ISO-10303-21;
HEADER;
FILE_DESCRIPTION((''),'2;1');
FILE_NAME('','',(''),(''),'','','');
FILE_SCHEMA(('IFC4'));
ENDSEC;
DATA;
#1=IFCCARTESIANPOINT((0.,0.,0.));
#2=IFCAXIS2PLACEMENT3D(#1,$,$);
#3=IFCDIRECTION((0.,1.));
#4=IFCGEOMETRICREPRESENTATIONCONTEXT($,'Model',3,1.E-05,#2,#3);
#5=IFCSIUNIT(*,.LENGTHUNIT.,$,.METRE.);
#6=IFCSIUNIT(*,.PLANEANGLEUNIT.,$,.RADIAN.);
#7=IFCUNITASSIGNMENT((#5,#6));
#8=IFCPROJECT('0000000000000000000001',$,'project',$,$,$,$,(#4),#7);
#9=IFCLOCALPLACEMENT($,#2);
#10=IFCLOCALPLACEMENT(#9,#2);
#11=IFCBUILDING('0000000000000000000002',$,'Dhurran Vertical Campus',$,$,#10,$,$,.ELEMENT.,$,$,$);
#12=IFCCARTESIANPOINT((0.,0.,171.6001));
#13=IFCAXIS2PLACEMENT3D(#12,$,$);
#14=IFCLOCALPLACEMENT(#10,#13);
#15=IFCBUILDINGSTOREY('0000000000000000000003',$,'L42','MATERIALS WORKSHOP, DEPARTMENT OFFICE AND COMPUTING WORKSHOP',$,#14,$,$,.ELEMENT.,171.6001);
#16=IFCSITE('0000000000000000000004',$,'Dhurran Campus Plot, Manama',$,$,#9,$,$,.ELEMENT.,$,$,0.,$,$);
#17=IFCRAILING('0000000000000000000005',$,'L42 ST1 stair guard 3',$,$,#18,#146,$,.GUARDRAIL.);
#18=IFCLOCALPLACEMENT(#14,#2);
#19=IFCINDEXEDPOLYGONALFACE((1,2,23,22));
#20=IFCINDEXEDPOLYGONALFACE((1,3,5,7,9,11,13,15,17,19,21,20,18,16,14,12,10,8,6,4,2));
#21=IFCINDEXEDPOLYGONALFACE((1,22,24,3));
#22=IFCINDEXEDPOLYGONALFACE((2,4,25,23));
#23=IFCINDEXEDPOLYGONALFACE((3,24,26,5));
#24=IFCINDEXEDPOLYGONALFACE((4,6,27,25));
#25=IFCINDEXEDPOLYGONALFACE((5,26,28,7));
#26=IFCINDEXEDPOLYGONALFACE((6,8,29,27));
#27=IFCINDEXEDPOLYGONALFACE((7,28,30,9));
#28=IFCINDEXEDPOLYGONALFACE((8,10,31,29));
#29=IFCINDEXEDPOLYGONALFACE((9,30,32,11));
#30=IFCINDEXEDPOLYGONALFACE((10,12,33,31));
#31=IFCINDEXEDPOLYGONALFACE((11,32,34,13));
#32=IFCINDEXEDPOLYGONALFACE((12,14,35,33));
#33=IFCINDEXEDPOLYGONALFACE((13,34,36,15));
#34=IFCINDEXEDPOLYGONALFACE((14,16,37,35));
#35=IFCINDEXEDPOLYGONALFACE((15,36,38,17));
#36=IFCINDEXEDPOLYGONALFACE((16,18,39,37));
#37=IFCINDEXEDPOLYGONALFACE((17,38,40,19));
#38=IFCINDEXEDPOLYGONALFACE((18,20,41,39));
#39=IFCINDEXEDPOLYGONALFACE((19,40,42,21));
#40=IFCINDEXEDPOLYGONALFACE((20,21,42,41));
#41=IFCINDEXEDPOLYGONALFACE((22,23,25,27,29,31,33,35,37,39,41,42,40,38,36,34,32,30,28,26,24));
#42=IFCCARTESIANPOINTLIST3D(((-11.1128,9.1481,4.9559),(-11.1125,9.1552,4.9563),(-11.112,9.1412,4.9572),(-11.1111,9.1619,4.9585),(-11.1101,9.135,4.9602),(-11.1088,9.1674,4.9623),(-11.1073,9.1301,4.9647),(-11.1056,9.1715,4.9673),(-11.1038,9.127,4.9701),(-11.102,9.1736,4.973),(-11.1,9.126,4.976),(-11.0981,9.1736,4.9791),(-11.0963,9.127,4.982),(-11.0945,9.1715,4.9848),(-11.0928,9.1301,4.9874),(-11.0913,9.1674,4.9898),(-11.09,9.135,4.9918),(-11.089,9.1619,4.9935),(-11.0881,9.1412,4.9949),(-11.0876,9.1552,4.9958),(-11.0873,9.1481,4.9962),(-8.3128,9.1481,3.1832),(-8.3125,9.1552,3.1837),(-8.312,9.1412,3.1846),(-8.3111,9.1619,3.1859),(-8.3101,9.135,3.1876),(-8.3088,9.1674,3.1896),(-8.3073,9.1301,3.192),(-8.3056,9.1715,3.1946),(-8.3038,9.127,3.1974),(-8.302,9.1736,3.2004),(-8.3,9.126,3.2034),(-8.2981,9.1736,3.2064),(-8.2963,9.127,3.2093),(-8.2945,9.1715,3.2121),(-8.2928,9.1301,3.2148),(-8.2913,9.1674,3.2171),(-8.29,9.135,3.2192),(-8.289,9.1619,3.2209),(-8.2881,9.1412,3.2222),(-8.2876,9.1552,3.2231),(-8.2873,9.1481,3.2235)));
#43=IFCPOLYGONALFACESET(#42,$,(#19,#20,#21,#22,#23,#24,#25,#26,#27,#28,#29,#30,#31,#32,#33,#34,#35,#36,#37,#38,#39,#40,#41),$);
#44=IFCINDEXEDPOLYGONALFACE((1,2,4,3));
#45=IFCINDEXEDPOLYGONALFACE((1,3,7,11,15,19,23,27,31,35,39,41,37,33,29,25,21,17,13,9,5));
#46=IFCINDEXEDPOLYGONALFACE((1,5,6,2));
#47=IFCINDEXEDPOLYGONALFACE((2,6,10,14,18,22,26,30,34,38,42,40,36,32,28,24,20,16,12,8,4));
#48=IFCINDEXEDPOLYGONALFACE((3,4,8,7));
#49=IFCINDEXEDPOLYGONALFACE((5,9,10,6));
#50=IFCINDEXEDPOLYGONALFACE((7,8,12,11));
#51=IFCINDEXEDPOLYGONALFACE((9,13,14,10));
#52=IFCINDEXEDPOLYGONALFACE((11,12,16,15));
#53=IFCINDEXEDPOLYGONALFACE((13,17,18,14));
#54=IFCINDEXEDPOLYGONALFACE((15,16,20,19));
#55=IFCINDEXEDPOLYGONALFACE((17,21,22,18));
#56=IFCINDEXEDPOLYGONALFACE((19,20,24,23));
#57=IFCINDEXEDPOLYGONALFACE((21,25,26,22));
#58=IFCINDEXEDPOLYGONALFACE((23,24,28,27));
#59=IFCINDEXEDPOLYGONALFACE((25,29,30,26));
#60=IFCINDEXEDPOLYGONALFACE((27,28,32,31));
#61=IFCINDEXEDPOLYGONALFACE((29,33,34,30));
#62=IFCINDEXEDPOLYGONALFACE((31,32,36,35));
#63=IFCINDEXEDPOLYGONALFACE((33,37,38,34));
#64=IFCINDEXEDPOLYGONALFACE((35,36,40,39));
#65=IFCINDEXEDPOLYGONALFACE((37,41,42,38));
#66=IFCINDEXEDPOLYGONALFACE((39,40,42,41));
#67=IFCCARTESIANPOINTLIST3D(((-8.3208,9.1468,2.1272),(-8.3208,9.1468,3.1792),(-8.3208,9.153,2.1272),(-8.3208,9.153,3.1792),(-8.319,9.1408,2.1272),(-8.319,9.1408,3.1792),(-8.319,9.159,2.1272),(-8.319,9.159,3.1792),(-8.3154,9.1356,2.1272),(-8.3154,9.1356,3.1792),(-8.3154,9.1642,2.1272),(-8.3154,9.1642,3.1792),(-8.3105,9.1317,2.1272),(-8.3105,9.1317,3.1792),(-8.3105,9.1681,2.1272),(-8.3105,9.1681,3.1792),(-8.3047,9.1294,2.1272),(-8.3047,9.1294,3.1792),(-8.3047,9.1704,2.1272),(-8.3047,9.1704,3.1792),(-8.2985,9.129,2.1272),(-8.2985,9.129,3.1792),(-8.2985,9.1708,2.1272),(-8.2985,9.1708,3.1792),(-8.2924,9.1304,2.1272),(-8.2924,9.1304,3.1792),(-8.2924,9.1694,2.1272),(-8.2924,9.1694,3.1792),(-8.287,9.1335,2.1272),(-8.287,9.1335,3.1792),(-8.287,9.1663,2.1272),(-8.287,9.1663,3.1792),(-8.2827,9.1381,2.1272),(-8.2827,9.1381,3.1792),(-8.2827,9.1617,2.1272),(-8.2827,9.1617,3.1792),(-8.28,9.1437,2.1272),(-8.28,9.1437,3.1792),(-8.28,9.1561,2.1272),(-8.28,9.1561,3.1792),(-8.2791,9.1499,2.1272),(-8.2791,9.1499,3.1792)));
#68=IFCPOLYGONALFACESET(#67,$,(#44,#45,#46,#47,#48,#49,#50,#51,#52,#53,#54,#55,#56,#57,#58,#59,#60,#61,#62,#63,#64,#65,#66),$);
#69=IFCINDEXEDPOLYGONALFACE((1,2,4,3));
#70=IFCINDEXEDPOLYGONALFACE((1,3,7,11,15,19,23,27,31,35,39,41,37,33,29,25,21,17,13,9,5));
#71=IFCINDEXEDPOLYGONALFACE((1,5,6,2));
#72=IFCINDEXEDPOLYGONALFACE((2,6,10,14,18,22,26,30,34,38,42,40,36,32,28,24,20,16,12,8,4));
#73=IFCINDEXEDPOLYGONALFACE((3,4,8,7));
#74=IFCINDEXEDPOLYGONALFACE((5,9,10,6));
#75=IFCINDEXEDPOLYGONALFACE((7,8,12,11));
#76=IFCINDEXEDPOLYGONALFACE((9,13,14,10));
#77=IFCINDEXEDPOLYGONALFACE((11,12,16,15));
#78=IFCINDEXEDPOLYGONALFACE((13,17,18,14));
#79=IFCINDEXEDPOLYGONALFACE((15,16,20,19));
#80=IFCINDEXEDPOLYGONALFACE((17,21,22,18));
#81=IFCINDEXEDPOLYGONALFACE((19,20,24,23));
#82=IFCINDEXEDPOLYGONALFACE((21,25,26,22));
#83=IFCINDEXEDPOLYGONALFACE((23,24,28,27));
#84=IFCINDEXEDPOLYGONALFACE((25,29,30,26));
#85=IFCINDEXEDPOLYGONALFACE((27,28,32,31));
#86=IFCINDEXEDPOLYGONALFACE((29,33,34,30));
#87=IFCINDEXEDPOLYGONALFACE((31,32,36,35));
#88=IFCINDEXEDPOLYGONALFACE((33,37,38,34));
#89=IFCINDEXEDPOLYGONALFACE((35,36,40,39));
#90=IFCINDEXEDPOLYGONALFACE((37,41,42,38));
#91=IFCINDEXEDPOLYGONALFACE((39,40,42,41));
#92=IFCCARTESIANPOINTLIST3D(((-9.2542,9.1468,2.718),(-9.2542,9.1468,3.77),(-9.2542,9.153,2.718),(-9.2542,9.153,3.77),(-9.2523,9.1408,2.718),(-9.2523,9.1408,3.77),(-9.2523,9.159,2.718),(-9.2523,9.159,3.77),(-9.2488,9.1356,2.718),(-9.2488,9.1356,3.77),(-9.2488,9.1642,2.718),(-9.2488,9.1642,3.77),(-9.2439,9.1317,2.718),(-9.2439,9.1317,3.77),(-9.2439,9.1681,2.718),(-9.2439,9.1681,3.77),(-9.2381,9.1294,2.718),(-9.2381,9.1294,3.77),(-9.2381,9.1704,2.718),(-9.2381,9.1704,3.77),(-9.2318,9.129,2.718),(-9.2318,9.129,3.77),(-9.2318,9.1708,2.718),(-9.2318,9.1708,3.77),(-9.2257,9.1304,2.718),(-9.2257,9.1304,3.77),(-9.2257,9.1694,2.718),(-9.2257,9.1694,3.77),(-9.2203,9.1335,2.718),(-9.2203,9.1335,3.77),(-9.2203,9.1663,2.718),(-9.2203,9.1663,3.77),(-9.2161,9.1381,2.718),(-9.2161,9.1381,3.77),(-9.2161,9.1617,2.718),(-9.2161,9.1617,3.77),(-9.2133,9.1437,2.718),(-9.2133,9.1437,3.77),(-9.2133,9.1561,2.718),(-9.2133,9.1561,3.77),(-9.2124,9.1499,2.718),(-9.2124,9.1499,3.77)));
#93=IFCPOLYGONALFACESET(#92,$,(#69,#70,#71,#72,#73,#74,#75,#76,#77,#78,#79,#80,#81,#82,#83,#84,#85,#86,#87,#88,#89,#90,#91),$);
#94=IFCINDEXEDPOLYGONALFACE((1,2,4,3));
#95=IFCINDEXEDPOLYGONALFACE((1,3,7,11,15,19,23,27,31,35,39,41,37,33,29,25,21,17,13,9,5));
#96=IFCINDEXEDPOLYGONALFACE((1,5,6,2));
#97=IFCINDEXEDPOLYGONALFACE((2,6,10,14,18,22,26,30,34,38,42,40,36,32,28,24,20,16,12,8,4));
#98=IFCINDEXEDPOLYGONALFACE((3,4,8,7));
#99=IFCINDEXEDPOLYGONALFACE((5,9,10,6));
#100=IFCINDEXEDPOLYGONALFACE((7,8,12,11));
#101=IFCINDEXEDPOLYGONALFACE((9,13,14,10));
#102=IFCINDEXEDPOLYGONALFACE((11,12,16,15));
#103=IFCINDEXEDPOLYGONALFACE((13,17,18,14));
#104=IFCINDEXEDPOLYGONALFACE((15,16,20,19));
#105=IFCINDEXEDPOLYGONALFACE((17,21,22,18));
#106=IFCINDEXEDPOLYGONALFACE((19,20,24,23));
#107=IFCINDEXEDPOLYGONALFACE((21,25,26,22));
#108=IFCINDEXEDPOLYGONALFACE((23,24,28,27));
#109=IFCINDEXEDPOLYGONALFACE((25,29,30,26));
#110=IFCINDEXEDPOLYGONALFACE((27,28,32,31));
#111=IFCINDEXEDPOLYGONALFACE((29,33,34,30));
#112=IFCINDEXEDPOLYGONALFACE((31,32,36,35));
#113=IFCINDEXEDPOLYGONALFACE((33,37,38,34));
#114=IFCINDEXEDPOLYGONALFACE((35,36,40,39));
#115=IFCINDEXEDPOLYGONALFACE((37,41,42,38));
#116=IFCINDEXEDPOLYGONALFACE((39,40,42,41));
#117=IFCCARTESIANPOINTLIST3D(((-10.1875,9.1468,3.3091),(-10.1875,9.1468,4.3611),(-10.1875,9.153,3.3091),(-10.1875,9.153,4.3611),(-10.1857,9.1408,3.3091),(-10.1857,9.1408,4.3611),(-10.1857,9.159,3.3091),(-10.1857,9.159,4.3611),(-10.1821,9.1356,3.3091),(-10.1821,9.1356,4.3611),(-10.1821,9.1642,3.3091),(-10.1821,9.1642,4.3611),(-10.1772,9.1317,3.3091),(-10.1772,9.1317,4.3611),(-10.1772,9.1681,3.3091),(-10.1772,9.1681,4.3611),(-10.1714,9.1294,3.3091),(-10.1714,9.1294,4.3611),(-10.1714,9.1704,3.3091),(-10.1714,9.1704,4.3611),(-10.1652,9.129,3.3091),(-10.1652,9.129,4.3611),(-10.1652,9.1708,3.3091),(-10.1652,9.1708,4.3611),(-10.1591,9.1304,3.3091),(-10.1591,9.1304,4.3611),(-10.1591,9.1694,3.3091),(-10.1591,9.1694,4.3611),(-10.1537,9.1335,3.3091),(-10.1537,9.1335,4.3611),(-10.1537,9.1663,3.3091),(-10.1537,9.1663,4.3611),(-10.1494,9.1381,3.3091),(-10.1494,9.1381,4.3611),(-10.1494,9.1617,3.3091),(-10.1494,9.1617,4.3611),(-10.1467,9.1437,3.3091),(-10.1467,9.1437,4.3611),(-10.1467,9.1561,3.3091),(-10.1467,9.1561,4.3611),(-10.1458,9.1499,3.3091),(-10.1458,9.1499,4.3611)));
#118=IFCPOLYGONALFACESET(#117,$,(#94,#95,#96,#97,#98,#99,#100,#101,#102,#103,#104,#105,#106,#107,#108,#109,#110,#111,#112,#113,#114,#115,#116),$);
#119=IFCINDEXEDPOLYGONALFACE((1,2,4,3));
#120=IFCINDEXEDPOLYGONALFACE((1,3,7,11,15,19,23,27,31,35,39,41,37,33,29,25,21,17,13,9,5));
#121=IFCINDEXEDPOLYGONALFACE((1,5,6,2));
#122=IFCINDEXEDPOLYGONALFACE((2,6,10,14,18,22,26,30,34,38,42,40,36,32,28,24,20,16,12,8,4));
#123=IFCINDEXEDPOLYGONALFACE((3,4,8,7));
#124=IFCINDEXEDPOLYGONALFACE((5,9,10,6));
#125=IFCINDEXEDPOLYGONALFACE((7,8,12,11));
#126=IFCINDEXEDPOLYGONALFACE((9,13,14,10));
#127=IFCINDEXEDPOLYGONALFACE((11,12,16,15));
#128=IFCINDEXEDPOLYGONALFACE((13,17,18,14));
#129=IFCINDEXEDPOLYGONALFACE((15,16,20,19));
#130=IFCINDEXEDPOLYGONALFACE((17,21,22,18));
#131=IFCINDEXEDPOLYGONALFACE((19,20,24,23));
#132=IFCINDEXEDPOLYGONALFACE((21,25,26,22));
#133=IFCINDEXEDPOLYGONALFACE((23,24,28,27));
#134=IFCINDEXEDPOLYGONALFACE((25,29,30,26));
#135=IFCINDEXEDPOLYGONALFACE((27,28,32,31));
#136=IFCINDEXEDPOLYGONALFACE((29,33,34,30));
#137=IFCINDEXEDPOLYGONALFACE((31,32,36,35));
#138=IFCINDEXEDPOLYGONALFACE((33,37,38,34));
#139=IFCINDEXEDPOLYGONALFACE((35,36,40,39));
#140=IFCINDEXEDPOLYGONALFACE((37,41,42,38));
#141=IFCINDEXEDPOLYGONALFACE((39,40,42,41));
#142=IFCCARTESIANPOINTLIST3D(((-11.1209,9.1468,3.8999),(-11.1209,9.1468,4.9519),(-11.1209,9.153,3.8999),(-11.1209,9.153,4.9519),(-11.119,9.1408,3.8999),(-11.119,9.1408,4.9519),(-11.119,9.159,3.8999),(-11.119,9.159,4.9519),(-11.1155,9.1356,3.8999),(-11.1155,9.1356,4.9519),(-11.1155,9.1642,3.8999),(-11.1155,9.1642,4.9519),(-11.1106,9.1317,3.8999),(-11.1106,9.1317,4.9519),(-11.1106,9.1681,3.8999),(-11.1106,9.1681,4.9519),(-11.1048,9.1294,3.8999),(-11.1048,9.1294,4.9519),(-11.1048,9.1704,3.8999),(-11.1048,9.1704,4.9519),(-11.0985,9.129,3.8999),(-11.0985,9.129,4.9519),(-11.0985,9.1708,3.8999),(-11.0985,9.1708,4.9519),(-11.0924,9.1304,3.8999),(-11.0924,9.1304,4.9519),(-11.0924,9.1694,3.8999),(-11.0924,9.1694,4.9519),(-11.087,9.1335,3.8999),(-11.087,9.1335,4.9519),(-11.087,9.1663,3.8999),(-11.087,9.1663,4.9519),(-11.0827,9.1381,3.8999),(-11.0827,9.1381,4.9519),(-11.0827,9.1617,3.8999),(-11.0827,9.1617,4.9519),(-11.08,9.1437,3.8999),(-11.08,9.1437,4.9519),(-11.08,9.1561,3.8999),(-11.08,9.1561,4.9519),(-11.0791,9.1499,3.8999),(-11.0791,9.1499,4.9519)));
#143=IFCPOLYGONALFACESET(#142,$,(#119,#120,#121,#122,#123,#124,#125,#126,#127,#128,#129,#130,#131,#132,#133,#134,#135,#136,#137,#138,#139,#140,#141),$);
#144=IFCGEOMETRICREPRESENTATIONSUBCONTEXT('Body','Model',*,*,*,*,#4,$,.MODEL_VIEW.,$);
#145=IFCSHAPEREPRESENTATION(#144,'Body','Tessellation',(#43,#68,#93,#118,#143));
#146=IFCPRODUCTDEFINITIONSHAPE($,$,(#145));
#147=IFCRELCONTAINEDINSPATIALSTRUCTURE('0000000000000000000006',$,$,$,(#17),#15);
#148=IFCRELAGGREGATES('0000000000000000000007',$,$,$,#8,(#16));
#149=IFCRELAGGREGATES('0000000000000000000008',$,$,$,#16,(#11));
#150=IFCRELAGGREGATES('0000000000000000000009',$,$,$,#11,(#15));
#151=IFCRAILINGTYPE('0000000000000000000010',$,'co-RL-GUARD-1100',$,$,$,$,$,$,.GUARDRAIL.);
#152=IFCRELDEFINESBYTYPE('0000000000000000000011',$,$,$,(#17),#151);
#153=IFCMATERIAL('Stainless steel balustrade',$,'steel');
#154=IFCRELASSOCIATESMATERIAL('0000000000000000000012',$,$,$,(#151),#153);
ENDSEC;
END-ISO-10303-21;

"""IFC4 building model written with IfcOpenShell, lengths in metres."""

from ifc_helpers import new_model, si_unit, direction, frame, origin, origin_2d, place, context, subcontext, project, spatial, circle, extrude, material, type_object, element, save


model = new_model("IFC4")

# Units and contexts
model_context = context("Model", 3, precision=1e-05, world=origin(), true_north=direction((0.0, 1.0)))
body_context = subcontext(model_context, "Body", "Model", "MODEL_VIEW")
ifc_project = project(units=[si_unit("LENGTHUNIT", "METRE"), si_unit("PLANEANGLEUNIT", "RADIAN")], contexts=[model_context])

# Site, building, storey
site_placement = place(None, origin())
site = spatial("IfcSite", under=ifc_project, at=site_placement, Name="Dhurran Campus Plot, Manama", CompositionType="ELEMENT", RefElevation=0.0)
building_placement = place(site_placement, origin())
building = spatial("IfcBuilding", under=site, at=building_placement, Name="Dhurran Vertical Campus", CompositionType="ELEMENT")
storey_placement = place(building_placement, frame((0.0, 0.0, 171.6001)))
storey = spatial("IfcBuildingStorey", under=building, at=storey_placement, Name="L42", Description="MATERIALS WORKSHOP, DEPARTMENT OFFICE AND COMPUTING WORKSHOP", CompositionType="ELEMENT", Elevation=171.6001)

# Railing
ifc_material_1 = material(Name="Stainless steel balustrade", Category="steel")
railing_type_1 = type_object("IfcRailingType", Name="co-RL-GUARD-1100", PredefinedType="GUARDRAIL", material=ifc_material_1)
railing_1_placement = place(storey_placement, frame((-8.3, 9.1499, 2.1272)))
element("IfcRailing", 1, at=railing_1_placement, inside=storey, type_object=railing_type_1, Name="L42 ST1 stair guard 3", PredefinedType="GUARDRAIL", context=body_context, shape_type="SweptSolid", body=[
    extrude(circle(Radius=0.0239, at=origin_2d()), frame((0.0, 0.0, 1.0762), z_axis=(-0.844909, 0.0, 0.53491), x_axis=(0.0, -1.0, 0.0)), (0.0, 0.0, 1.0), 3.314),
    extrude(circle(Radius=0.021, at=origin_2d()), origin(), (0.0, 0.0, 1.0), 1.052),
    extrude(circle(Radius=0.021, at=origin_2d()), frame((-0.9333, 0.0, 0.5908)), (0.0, 0.0, 1.0), 1.052),
    extrude(circle(Radius=0.021, at=origin_2d()), frame((-1.8667, 0.0, 1.1819)), (0.0, 0.0, 1.0), 1.052),
    extrude(circle(Radius=0.021, at=origin_2d()), frame((-2.8, 0.0, 1.7727)), (0.0, 0.0, 1.0), 1.052),
])

save(model, "model.ifc")
